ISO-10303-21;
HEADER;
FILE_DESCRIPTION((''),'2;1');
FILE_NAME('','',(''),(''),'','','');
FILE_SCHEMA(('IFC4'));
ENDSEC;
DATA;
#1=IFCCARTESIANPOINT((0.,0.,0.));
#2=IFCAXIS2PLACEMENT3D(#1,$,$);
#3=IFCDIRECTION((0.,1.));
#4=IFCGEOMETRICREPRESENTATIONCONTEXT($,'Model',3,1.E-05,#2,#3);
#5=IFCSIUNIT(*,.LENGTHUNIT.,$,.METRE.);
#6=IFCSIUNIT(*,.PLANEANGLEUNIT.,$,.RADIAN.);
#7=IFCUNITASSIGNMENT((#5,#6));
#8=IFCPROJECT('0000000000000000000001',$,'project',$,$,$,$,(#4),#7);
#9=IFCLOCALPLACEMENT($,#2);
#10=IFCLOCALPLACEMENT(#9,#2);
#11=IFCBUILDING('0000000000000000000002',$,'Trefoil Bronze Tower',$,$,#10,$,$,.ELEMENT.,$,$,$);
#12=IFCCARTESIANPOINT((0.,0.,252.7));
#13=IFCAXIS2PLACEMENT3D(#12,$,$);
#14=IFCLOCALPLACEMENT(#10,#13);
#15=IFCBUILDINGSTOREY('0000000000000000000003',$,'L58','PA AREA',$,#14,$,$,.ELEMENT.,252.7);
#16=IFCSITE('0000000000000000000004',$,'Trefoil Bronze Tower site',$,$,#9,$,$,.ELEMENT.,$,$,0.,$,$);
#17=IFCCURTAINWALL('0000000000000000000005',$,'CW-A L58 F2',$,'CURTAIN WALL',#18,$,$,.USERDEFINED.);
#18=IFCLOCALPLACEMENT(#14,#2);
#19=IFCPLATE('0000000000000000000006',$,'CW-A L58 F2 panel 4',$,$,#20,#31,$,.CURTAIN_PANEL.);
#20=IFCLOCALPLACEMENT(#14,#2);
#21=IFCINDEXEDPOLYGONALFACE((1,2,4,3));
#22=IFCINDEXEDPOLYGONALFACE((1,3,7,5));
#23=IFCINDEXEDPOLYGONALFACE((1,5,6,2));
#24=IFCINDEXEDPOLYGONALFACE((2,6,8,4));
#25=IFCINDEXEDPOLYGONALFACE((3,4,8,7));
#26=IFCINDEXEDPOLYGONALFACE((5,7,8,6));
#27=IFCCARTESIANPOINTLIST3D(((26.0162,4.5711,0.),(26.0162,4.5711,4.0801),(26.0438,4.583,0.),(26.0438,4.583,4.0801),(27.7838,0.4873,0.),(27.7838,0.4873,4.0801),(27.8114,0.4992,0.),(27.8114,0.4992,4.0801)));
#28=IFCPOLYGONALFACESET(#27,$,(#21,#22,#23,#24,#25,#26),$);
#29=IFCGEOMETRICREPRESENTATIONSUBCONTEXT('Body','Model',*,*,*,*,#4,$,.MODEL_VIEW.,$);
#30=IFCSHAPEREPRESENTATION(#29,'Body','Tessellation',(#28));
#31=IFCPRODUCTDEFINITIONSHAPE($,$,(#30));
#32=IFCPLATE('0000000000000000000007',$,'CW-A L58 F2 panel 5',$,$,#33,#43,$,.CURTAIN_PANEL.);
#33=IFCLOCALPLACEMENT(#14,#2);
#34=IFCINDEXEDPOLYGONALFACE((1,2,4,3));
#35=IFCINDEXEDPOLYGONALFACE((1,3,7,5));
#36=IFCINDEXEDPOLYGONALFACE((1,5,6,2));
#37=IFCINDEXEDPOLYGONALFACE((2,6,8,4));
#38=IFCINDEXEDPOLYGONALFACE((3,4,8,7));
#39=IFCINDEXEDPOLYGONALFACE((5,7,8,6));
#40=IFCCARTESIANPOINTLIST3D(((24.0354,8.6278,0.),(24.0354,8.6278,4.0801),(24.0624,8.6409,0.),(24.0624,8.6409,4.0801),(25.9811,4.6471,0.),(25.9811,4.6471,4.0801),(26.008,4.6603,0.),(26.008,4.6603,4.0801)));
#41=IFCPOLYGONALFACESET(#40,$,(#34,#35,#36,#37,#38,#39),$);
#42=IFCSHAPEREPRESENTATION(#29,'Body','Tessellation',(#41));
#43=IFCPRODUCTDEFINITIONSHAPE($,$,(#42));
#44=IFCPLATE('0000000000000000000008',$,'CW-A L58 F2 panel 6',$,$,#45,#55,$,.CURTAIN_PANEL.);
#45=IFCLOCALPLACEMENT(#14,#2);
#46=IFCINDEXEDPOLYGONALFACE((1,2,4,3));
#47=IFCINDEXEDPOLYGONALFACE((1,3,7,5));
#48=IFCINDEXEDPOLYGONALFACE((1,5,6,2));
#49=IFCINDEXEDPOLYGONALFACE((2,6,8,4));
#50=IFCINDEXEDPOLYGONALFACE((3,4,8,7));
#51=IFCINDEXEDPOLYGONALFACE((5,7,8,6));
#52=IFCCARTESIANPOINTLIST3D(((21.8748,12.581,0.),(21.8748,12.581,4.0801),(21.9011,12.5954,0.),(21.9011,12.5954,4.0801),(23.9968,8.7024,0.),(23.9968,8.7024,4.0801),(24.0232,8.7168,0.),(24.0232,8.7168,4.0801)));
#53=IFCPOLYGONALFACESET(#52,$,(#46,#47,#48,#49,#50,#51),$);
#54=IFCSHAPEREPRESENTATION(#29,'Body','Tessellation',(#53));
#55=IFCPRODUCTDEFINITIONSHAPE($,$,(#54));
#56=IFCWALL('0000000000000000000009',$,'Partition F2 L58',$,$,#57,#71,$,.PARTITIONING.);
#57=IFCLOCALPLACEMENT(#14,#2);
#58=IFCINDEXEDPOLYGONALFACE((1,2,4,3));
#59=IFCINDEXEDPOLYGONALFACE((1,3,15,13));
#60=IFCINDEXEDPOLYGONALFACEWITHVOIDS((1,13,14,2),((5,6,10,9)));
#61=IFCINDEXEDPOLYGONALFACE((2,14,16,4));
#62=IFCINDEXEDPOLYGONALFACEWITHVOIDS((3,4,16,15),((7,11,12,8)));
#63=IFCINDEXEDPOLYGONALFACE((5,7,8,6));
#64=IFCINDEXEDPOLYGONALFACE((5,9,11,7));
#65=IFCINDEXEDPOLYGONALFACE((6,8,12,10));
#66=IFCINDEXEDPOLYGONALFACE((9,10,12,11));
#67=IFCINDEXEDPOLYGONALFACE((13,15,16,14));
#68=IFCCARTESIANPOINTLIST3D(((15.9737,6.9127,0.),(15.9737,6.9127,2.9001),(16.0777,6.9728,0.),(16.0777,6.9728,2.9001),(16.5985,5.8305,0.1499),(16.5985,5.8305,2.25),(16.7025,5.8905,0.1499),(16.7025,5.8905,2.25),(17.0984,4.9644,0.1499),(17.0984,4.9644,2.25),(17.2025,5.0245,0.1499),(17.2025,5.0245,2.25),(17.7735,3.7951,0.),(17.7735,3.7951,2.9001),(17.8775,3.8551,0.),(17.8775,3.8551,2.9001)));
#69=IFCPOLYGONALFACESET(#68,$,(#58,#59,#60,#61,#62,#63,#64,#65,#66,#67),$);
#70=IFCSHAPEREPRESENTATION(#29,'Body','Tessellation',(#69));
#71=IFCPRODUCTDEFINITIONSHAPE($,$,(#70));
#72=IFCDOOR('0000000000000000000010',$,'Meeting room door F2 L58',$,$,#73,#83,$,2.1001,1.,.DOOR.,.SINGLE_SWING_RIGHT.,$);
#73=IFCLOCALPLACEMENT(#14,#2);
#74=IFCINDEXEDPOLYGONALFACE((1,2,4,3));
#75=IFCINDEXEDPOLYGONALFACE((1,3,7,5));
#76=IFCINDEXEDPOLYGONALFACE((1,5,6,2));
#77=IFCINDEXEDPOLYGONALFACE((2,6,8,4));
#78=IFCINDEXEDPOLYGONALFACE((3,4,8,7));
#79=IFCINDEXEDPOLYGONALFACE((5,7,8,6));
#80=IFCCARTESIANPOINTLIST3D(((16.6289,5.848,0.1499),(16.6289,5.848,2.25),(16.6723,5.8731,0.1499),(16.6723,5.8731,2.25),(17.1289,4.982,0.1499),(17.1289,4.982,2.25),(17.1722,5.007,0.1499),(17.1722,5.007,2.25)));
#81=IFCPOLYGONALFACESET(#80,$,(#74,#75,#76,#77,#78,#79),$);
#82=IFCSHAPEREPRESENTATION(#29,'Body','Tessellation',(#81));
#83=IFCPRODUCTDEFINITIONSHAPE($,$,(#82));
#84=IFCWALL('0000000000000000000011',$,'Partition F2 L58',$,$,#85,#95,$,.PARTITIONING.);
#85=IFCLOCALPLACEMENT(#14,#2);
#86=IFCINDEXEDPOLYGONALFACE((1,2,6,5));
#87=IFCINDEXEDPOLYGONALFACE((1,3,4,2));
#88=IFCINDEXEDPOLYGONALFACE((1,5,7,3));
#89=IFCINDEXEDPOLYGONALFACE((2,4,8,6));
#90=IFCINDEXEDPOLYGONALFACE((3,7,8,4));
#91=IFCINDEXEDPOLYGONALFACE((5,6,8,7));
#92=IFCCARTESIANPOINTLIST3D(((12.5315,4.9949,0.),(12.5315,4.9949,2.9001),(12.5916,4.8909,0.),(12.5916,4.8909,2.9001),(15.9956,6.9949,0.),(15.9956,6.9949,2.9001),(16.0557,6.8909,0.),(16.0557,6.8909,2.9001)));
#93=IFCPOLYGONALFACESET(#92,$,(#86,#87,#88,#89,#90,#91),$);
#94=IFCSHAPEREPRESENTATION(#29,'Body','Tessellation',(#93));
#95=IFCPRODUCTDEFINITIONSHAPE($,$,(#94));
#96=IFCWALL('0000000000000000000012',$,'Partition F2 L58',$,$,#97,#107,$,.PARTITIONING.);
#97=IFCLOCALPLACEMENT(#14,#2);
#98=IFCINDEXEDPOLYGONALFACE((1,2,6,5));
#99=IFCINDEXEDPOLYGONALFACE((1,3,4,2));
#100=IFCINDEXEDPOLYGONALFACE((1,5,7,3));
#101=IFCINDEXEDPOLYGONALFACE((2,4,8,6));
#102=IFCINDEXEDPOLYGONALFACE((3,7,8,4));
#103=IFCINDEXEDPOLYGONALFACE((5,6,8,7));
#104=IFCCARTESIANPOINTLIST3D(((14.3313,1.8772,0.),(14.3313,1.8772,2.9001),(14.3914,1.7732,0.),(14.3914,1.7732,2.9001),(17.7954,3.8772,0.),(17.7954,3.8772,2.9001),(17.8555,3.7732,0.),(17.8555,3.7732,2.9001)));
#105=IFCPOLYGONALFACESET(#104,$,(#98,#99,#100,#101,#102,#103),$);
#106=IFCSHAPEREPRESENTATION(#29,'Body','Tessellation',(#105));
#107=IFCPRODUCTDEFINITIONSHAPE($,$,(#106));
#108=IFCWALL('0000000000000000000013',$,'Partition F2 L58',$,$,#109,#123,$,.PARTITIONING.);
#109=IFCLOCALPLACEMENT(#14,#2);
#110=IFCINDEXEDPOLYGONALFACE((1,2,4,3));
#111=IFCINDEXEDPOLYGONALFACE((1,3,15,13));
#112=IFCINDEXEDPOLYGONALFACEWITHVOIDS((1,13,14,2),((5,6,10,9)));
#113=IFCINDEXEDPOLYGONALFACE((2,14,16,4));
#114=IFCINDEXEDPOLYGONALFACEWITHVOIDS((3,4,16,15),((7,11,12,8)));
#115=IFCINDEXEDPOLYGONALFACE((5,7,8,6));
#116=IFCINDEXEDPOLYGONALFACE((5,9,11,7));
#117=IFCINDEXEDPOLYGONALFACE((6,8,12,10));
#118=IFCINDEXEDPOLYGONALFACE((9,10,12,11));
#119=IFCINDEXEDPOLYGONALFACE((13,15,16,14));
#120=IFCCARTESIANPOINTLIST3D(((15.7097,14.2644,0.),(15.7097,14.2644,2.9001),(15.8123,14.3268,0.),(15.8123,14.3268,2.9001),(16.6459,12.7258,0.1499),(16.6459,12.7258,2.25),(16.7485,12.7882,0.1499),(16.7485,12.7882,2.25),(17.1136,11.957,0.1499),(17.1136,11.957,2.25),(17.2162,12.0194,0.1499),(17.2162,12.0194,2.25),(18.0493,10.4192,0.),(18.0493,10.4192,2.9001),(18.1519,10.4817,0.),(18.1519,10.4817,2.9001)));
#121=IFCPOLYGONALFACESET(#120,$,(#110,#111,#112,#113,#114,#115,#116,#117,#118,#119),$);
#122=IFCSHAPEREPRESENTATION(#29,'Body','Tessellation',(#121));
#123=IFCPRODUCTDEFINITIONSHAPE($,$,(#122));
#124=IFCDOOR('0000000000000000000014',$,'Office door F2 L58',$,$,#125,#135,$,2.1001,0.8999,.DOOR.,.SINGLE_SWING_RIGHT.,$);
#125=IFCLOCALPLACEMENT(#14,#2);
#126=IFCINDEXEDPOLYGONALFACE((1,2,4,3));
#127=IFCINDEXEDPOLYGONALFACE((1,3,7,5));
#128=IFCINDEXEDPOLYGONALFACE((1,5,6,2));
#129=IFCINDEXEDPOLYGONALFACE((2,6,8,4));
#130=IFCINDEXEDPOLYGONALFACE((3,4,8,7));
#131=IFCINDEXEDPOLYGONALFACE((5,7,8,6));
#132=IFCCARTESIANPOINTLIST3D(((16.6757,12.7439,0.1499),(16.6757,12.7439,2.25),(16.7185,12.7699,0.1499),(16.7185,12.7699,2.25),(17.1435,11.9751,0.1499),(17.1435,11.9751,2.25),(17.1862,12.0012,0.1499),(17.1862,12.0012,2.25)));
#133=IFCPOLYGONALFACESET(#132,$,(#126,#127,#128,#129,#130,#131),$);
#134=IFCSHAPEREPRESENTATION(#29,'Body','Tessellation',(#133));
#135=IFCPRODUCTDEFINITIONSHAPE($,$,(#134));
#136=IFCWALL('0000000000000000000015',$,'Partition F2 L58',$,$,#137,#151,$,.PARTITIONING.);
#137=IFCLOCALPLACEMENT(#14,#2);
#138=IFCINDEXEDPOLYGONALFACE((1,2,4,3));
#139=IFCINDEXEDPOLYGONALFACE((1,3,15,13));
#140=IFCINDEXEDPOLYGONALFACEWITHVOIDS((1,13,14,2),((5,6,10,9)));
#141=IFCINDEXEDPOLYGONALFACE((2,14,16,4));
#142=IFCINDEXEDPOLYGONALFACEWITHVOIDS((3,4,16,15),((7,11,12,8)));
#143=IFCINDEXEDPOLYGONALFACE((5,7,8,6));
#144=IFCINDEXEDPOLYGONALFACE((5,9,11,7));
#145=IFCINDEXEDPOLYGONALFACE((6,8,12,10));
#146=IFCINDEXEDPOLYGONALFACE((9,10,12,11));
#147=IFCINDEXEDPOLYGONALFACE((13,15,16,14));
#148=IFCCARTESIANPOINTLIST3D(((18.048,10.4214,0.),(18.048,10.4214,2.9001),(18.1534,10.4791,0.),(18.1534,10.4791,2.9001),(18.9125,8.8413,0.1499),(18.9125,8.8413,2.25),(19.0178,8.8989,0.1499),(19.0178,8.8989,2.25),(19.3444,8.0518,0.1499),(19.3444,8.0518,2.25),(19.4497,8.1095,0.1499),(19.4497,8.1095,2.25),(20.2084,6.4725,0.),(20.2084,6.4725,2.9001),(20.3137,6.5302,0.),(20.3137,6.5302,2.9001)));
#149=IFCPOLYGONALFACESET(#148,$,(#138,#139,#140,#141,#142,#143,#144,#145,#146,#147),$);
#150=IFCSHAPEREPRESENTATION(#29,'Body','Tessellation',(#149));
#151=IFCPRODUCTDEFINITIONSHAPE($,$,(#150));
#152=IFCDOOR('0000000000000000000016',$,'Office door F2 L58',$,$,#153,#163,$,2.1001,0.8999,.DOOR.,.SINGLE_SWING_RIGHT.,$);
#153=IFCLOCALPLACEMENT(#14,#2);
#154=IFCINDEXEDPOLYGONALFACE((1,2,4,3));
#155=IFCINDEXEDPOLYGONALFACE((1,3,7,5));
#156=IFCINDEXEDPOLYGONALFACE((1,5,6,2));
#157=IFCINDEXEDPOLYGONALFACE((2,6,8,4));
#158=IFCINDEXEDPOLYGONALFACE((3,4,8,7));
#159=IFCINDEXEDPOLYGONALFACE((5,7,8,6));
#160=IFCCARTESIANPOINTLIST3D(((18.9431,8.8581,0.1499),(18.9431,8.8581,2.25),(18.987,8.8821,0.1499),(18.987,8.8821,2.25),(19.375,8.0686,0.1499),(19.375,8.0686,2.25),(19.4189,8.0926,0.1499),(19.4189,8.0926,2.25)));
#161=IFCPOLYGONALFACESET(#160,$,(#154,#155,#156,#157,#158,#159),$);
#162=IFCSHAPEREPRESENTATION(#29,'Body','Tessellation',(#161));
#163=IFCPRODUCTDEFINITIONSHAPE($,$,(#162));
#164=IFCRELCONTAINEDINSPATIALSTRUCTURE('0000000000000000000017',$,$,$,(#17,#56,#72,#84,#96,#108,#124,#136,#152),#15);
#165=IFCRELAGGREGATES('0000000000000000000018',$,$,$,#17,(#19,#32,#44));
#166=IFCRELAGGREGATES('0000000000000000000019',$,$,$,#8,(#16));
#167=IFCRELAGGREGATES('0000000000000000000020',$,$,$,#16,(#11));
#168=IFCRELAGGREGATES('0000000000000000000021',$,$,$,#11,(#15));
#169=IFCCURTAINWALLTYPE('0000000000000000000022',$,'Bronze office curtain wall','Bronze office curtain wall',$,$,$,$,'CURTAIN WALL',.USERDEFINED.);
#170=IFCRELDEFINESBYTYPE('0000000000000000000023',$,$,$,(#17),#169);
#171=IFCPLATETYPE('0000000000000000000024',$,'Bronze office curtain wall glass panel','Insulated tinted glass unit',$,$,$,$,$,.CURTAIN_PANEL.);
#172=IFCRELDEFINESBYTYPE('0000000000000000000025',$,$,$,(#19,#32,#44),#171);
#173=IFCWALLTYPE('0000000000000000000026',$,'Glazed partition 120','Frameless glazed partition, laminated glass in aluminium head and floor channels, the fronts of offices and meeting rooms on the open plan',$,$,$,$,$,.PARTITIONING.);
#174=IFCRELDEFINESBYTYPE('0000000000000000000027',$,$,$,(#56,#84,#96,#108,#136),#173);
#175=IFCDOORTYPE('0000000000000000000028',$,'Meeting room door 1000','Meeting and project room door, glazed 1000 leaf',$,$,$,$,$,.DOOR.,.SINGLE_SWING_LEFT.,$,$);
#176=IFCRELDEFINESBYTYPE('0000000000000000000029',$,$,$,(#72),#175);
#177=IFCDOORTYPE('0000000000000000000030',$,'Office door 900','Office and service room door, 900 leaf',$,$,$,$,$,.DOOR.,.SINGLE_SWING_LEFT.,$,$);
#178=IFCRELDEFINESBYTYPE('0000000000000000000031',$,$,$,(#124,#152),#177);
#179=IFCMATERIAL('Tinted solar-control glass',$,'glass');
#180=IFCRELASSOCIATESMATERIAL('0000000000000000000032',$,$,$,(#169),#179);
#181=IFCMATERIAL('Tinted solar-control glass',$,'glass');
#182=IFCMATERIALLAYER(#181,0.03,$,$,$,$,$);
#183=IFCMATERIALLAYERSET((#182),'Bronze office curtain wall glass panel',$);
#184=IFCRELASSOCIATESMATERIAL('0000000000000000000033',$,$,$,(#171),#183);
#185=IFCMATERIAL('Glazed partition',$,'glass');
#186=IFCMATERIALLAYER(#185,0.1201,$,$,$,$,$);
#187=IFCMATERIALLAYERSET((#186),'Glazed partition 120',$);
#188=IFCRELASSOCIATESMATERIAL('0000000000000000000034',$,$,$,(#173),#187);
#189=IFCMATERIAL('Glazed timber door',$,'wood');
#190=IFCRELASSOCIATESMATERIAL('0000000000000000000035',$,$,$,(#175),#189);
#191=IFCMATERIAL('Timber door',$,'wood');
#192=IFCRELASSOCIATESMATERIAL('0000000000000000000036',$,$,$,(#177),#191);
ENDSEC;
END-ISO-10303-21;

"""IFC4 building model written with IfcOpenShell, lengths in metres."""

from ifc_helpers import new_model, si_unit, direction, frame, frame_2d, origin, origin_2d, place, context, subcontext, project, spatial, rectangle, extrude, material, layer, layer_set, type_object, element, fill, aggregate, save


model = new_model("IFC4")

# Units and contexts
model_context = context("Model", 3, precision=1e-05, world=origin(), true_north=direction((0.0, 1.0)))
body_context = subcontext(model_context, "Body", "Model", "MODEL_VIEW")
ifc_project = project(units=[si_unit("LENGTHUNIT", "METRE"), si_unit("PLANEANGLEUNIT", "RADIAN")], contexts=[model_context])

# Site, building, storey
site_placement = place(None, origin())
site = spatial("IfcSite", under=ifc_project, at=site_placement, Name="Trefoil Bronze Tower site", CompositionType="ELEMENT", RefElevation=0.0)
building_placement = place(site_placement, origin())
building = spatial("IfcBuilding", under=site, at=building_placement, Name="Trefoil Bronze Tower", CompositionType="ELEMENT")
storey_placement = place(building_placement, frame((0.0, 0.0, 252.7)))
storey = spatial("IfcBuildingStorey", under=building, at=storey_placement, Name="L58", Description="PA AREA", CompositionType="ELEMENT", Elevation=252.7)

# Curtain wall
ifc_material_1 = material(Name="Tinted solar-control glass", Category="glass")
curtain_wall_type = type_object("IfcCurtainWallType", Name="Bronze office curtain wall", Description="Bronze office curtain wall", ElementType="CURTAIN WALL", PredefinedType="USERDEFINED", material=ifc_material_1)
curtain_wall_placement = place(storey_placement, origin())
curtain_wall = element("IfcCurtainWall", 1, at=curtain_wall_placement, inside=storey, type_object=curtain_wall_type, Name="CW-A L58 F2", ObjectType="CURTAIN WALL", PredefinedType="USERDEFINED")

# Plates
ifc_material_2 = material(Name="Tinted solar-control glass", Category="glass")
ifc_layer_1 = layer(ifc_material_2, 0.03)
ifc_layer_set_1 = layer_set([ifc_layer_1], Name="Bronze office curtain wall glass panel")
plate_type = type_object("IfcPlateType", Name="Bronze office curtain wall glass panel", Description="Insulated tinted glass unit", PredefinedType="CURTAIN_PANEL", material=ifc_layer_set_1)
plate_1_placement = place(storey_placement, frame((26.9138, 2.5352, 0.0), z_axis=(0.0, 0.0, 1.0), x_axis=(-0.39722, 0.917723, 0.0)))
plate_1 = element("IfcPlate", 2, at=plate_1_placement, type_object=plate_type, Name="CW-A L58 F2 panel 4", PredefinedType="CURTAIN_PANEL", context=body_context, shape_type="SweptSolid", body=[
    extrude(rectangle(XDim=4.45, YDim=0.03, at=origin_2d()), origin(), (0.0, 0.0, 1.0), 4.0801),
])
plate_2_placement = place(storey_placement, frame((25.0217, 6.644, 0.0), z_axis=(0.0, 0.0, 1.0), x_axis=(-0.439129, 0.898424, 0.0)))
plate_2 = element("IfcPlate", 3, at=plate_2_placement, type_object=plate_type, Name="CW-A L58 F2 panel 5", PredefinedType="CURTAIN_PANEL", context=body_context, shape_type="SweptSolid", body=[
    extrude(rectangle(XDim=4.4307, YDim=0.03, at=origin_2d()), origin(), (0.0, 0.0, 1.0), 4.0801),
])
plate_3_placement = place(storey_placement, frame((22.949, 10.6489, 0.0), z_axis=(0.0, 0.0, 1.0), x_axis=(-0.479974, 0.877283, 0.0)))
plate_3 = element("IfcPlate", 4, at=plate_3_placement, type_object=plate_type, Name="CW-A L58 F2 panel 6", PredefinedType="CURTAIN_PANEL", context=body_context, shape_type="SweptSolid", body=[
    extrude(rectangle(XDim=4.4211, YDim=0.03, at=origin_2d()), origin(), (0.0, 0.0, 1.0), 4.0801),
])
aggregate(curtain_wall, [plate_1, plate_2, plate_3])

# Wall, opening, door
ifc_material_3 = material(Name="Glazed partition", Category="glass")
ifc_layer_2 = layer(ifc_material_3, 0.1201)
ifc_layer_set_2 = layer_set([ifc_layer_2], Name="Glazed partition 120")
wall_type = type_object("IfcWallType", Name="Glazed partition 120", Description="Frameless glazed partition, laminated glass in aluminium head and floor channels, the fronts of offices and meeting rooms on the open plan", PredefinedType="PARTITIONING", material=ifc_layer_set_2)
wall_1_placement = place(storey_placement, frame((17.8254, 3.8252, 0.0), z_axis=(0.0, 0.0, 1.0), x_axis=(-0.499961, 0.866048, 0.0)))
wall_1 = element("IfcWall", 5, at=wall_1_placement, inside=storey, type_object=wall_type, Name="Partition F2 L58", PredefinedType="PARTITIONING", context=body_context, shape_type="SweptSolid", body=[
    extrude(rectangle(XDim=3.5999, YDim=0.1201, at=frame_2d((1.7998, 0.0))), origin(), (0.0, 0.0, 1.0), 2.9001),
])
opening_1_placement = place(wall_1_placement, frame((1.3501, 0.0, 0.1499)))
opening_1 = element("IfcOpeningElement", 6, at=opening_1_placement, cuts=wall_1, PredefinedType="OPENING", context=body_context, shape_type="SweptSolid", body=[
    extrude(rectangle(XDim=1.0, YDim=2.1001, at=frame_2d((0.5, 1.05))), frame((0.0, 0.0701, 0.0), z_axis=(0.0, -1.0, 0.0), x_axis=(1.0, 0.0, 0.0)), (0.0, 0.0, 1.0), 0.1401),
])
ifc_material_4 = material(Name="Glazed timber door", Category="wood")
door_type_1 = type_object("IfcDoorType", Name="Meeting room door 1000", Description="Meeting and project room door, glazed 1000 leaf", OperationType="SINGLE_SWING_LEFT", PredefinedType="DOOR", material=ifc_material_4)
door_1_placement = place(opening_1_placement, origin())
door_1 = element("IfcDoor", 7, at=door_1_placement, inside=storey, type_object=door_type_1, Name="Meeting room door F2 L58", OperationType="SINGLE_SWING_RIGHT", OverallHeight=2.1001, OverallWidth=1.0, PredefinedType="DOOR", context=body_context, shape_type="SweptSolid", body=[
    extrude(rectangle(XDim=1.0, YDim=2.1001, at=frame_2d((0.5, 1.05))), frame((0.0, 0.0249, 0.0), z_axis=(0.0, -1.0, 0.0), x_axis=(1.0, 0.0, 0.0)), (0.0, 0.0, 1.0), 0.05),
])
fill(opening_1, door_1)

# Walls
for number, where, z_axis, x_axis, name in (
    (8, (12.5615, 4.9429, 0.0), (0.0, 0.0, 1.0), (0.866026, 0.499999, 0.0), "Partition F2 L58"),
    (9, (14.3613, 1.8252, 0.0), (0.0, 0.0, 1.0), (0.866026, 0.499999, 0.0), "Partition F2 L58"),
):
    element("IfcWall", number, at=place(storey_placement, frame(where, z_axis=z_axis, x_axis=x_axis)), inside=storey, type_object=wall_type, Name=name, PredefinedType="PARTITIONING", context=body_context, shape_type="SweptSolid", body=[
        extrude(rectangle(XDim=4.0, YDim=0.1201, at=frame_2d((2.0, 0.0))), origin(), (0.0, 0.0, 1.0), 2.9001),
    ])

# Walls, openings, doors
wall_2_placement = place(storey_placement, frame((18.1006, 10.4504, 0.0), z_axis=(0.0, 0.0, 1.0), x_axis=(-0.51979, 0.854294, 0.0)))
wall_2 = element("IfcWall", 10, at=wall_2_placement, inside=storey, type_object=wall_type, Name="Partition F2 L58", PredefinedType="PARTITIONING", context=body_context, shape_type="SweptSolid", body=[
    extrude(rectangle(XDim=4.501, YDim=0.1201, at=frame_2d((2.2505, 0.0))), origin(), (0.0, 0.0, 1.0), 2.9001),
])
opening_2_placement = place(wall_2_placement, frame((1.8, 0.0, 0.1499)))
opening_2 = element("IfcOpeningElement", 11, at=opening_2_placement, cuts=wall_2, PredefinedType="OPENING", context=body_context, shape_type="SweptSolid", body=[
    extrude(rectangle(XDim=0.8999, YDim=2.1001, at=frame_2d((0.45, 1.05))), frame((0.0, 0.0701, 0.0), z_axis=(0.0, -1.0, 0.0), x_axis=(1.0, 0.0, 0.0)), (0.0, 0.0, 1.0), 0.1401),
])
ifc_material_5 = material(Name="Timber door", Category="wood")
door_type_2 = type_object("IfcDoorType", Name="Office door 900", Description="Office and service room door, 900 leaf", OperationType="SINGLE_SWING_LEFT", PredefinedType="DOOR", material=ifc_material_5)
door_2_placement = place(opening_2_placement, frame((0.8999, 0.0, 0.0), z_axis=(0.0, 0.0, 1.0), x_axis=(-1.0, 0.0, 0.0)))
door_2 = element("IfcDoor", 12, at=door_2_placement, inside=storey, type_object=door_type_2, Name="Office door F2 L58", OperationType="SINGLE_SWING_RIGHT", OverallHeight=2.1001, OverallWidth=0.8999, PredefinedType="DOOR", context=body_context, shape_type="SweptSolid", body=[
    extrude(rectangle(XDim=0.8999, YDim=2.1001, at=frame_2d((0.45, 1.05))), frame((0.0, 0.0249, 0.0), z_axis=(0.0, -1.0, 0.0), x_axis=(1.0, 0.0, 0.0)), (0.0, 0.0, 1.0), 0.05),
])
fill(opening_2, door_2)
wall_3_placement = place(storey_placement, frame((20.261, 6.5015, 0.0), z_axis=(0.0, 0.0, 1.0), x_axis=(-0.47995, 0.877296, 0.0)))
wall_3 = element("IfcWall", 13, at=wall_3_placement, inside=storey, type_object=wall_type, Name="Partition F2 L58", PredefinedType="PARTITIONING", context=body_context, shape_type="SweptSolid", body=[
    extrude(rectangle(XDim=4.5012, YDim=0.1201, at=frame_2d((2.2505, 0.0))), origin(), (0.0, 0.0, 1.0), 2.9001),
])
opening_3_placement = place(wall_3_placement, frame((1.8, 0.0, 0.1499)))
opening_3 = element("IfcOpeningElement", 14, at=opening_3_placement, cuts=wall_3, PredefinedType="OPENING", context=body_context, shape_type="SweptSolid", body=[
    extrude(rectangle(XDim=0.8999, YDim=2.1001, at=frame_2d((0.45, 1.05))), frame((0.0, 0.0701, 0.0), z_axis=(0.0, -1.0, 0.0), x_axis=(1.0, 0.0, 0.0)), (0.0, 0.0, 1.0), 0.1401),
])
door_3_placement = place(opening_3_placement, frame((0.8999, 0.0, 0.0), z_axis=(0.0, 0.0, 1.0), x_axis=(-1.0, 0.0, 0.0)))
door_3 = element("IfcDoor", 15, at=door_3_placement, inside=storey, type_object=door_type_2, Name="Office door F2 L58", OperationType="SINGLE_SWING_RIGHT", OverallHeight=2.1001, OverallWidth=0.8999, PredefinedType="DOOR", context=body_context, shape_type="SweptSolid", body=[
    extrude(rectangle(XDim=0.8999, YDim=2.1001, at=frame_2d((0.45, 1.05))), frame((0.0, 0.0249, 0.0), z_axis=(0.0, -1.0, 0.0), x_axis=(1.0, 0.0, 0.0)), (0.0, 0.0, 1.0), 0.05),
])
fill(opening_3, door_3)

save(model, "model.ifc")
